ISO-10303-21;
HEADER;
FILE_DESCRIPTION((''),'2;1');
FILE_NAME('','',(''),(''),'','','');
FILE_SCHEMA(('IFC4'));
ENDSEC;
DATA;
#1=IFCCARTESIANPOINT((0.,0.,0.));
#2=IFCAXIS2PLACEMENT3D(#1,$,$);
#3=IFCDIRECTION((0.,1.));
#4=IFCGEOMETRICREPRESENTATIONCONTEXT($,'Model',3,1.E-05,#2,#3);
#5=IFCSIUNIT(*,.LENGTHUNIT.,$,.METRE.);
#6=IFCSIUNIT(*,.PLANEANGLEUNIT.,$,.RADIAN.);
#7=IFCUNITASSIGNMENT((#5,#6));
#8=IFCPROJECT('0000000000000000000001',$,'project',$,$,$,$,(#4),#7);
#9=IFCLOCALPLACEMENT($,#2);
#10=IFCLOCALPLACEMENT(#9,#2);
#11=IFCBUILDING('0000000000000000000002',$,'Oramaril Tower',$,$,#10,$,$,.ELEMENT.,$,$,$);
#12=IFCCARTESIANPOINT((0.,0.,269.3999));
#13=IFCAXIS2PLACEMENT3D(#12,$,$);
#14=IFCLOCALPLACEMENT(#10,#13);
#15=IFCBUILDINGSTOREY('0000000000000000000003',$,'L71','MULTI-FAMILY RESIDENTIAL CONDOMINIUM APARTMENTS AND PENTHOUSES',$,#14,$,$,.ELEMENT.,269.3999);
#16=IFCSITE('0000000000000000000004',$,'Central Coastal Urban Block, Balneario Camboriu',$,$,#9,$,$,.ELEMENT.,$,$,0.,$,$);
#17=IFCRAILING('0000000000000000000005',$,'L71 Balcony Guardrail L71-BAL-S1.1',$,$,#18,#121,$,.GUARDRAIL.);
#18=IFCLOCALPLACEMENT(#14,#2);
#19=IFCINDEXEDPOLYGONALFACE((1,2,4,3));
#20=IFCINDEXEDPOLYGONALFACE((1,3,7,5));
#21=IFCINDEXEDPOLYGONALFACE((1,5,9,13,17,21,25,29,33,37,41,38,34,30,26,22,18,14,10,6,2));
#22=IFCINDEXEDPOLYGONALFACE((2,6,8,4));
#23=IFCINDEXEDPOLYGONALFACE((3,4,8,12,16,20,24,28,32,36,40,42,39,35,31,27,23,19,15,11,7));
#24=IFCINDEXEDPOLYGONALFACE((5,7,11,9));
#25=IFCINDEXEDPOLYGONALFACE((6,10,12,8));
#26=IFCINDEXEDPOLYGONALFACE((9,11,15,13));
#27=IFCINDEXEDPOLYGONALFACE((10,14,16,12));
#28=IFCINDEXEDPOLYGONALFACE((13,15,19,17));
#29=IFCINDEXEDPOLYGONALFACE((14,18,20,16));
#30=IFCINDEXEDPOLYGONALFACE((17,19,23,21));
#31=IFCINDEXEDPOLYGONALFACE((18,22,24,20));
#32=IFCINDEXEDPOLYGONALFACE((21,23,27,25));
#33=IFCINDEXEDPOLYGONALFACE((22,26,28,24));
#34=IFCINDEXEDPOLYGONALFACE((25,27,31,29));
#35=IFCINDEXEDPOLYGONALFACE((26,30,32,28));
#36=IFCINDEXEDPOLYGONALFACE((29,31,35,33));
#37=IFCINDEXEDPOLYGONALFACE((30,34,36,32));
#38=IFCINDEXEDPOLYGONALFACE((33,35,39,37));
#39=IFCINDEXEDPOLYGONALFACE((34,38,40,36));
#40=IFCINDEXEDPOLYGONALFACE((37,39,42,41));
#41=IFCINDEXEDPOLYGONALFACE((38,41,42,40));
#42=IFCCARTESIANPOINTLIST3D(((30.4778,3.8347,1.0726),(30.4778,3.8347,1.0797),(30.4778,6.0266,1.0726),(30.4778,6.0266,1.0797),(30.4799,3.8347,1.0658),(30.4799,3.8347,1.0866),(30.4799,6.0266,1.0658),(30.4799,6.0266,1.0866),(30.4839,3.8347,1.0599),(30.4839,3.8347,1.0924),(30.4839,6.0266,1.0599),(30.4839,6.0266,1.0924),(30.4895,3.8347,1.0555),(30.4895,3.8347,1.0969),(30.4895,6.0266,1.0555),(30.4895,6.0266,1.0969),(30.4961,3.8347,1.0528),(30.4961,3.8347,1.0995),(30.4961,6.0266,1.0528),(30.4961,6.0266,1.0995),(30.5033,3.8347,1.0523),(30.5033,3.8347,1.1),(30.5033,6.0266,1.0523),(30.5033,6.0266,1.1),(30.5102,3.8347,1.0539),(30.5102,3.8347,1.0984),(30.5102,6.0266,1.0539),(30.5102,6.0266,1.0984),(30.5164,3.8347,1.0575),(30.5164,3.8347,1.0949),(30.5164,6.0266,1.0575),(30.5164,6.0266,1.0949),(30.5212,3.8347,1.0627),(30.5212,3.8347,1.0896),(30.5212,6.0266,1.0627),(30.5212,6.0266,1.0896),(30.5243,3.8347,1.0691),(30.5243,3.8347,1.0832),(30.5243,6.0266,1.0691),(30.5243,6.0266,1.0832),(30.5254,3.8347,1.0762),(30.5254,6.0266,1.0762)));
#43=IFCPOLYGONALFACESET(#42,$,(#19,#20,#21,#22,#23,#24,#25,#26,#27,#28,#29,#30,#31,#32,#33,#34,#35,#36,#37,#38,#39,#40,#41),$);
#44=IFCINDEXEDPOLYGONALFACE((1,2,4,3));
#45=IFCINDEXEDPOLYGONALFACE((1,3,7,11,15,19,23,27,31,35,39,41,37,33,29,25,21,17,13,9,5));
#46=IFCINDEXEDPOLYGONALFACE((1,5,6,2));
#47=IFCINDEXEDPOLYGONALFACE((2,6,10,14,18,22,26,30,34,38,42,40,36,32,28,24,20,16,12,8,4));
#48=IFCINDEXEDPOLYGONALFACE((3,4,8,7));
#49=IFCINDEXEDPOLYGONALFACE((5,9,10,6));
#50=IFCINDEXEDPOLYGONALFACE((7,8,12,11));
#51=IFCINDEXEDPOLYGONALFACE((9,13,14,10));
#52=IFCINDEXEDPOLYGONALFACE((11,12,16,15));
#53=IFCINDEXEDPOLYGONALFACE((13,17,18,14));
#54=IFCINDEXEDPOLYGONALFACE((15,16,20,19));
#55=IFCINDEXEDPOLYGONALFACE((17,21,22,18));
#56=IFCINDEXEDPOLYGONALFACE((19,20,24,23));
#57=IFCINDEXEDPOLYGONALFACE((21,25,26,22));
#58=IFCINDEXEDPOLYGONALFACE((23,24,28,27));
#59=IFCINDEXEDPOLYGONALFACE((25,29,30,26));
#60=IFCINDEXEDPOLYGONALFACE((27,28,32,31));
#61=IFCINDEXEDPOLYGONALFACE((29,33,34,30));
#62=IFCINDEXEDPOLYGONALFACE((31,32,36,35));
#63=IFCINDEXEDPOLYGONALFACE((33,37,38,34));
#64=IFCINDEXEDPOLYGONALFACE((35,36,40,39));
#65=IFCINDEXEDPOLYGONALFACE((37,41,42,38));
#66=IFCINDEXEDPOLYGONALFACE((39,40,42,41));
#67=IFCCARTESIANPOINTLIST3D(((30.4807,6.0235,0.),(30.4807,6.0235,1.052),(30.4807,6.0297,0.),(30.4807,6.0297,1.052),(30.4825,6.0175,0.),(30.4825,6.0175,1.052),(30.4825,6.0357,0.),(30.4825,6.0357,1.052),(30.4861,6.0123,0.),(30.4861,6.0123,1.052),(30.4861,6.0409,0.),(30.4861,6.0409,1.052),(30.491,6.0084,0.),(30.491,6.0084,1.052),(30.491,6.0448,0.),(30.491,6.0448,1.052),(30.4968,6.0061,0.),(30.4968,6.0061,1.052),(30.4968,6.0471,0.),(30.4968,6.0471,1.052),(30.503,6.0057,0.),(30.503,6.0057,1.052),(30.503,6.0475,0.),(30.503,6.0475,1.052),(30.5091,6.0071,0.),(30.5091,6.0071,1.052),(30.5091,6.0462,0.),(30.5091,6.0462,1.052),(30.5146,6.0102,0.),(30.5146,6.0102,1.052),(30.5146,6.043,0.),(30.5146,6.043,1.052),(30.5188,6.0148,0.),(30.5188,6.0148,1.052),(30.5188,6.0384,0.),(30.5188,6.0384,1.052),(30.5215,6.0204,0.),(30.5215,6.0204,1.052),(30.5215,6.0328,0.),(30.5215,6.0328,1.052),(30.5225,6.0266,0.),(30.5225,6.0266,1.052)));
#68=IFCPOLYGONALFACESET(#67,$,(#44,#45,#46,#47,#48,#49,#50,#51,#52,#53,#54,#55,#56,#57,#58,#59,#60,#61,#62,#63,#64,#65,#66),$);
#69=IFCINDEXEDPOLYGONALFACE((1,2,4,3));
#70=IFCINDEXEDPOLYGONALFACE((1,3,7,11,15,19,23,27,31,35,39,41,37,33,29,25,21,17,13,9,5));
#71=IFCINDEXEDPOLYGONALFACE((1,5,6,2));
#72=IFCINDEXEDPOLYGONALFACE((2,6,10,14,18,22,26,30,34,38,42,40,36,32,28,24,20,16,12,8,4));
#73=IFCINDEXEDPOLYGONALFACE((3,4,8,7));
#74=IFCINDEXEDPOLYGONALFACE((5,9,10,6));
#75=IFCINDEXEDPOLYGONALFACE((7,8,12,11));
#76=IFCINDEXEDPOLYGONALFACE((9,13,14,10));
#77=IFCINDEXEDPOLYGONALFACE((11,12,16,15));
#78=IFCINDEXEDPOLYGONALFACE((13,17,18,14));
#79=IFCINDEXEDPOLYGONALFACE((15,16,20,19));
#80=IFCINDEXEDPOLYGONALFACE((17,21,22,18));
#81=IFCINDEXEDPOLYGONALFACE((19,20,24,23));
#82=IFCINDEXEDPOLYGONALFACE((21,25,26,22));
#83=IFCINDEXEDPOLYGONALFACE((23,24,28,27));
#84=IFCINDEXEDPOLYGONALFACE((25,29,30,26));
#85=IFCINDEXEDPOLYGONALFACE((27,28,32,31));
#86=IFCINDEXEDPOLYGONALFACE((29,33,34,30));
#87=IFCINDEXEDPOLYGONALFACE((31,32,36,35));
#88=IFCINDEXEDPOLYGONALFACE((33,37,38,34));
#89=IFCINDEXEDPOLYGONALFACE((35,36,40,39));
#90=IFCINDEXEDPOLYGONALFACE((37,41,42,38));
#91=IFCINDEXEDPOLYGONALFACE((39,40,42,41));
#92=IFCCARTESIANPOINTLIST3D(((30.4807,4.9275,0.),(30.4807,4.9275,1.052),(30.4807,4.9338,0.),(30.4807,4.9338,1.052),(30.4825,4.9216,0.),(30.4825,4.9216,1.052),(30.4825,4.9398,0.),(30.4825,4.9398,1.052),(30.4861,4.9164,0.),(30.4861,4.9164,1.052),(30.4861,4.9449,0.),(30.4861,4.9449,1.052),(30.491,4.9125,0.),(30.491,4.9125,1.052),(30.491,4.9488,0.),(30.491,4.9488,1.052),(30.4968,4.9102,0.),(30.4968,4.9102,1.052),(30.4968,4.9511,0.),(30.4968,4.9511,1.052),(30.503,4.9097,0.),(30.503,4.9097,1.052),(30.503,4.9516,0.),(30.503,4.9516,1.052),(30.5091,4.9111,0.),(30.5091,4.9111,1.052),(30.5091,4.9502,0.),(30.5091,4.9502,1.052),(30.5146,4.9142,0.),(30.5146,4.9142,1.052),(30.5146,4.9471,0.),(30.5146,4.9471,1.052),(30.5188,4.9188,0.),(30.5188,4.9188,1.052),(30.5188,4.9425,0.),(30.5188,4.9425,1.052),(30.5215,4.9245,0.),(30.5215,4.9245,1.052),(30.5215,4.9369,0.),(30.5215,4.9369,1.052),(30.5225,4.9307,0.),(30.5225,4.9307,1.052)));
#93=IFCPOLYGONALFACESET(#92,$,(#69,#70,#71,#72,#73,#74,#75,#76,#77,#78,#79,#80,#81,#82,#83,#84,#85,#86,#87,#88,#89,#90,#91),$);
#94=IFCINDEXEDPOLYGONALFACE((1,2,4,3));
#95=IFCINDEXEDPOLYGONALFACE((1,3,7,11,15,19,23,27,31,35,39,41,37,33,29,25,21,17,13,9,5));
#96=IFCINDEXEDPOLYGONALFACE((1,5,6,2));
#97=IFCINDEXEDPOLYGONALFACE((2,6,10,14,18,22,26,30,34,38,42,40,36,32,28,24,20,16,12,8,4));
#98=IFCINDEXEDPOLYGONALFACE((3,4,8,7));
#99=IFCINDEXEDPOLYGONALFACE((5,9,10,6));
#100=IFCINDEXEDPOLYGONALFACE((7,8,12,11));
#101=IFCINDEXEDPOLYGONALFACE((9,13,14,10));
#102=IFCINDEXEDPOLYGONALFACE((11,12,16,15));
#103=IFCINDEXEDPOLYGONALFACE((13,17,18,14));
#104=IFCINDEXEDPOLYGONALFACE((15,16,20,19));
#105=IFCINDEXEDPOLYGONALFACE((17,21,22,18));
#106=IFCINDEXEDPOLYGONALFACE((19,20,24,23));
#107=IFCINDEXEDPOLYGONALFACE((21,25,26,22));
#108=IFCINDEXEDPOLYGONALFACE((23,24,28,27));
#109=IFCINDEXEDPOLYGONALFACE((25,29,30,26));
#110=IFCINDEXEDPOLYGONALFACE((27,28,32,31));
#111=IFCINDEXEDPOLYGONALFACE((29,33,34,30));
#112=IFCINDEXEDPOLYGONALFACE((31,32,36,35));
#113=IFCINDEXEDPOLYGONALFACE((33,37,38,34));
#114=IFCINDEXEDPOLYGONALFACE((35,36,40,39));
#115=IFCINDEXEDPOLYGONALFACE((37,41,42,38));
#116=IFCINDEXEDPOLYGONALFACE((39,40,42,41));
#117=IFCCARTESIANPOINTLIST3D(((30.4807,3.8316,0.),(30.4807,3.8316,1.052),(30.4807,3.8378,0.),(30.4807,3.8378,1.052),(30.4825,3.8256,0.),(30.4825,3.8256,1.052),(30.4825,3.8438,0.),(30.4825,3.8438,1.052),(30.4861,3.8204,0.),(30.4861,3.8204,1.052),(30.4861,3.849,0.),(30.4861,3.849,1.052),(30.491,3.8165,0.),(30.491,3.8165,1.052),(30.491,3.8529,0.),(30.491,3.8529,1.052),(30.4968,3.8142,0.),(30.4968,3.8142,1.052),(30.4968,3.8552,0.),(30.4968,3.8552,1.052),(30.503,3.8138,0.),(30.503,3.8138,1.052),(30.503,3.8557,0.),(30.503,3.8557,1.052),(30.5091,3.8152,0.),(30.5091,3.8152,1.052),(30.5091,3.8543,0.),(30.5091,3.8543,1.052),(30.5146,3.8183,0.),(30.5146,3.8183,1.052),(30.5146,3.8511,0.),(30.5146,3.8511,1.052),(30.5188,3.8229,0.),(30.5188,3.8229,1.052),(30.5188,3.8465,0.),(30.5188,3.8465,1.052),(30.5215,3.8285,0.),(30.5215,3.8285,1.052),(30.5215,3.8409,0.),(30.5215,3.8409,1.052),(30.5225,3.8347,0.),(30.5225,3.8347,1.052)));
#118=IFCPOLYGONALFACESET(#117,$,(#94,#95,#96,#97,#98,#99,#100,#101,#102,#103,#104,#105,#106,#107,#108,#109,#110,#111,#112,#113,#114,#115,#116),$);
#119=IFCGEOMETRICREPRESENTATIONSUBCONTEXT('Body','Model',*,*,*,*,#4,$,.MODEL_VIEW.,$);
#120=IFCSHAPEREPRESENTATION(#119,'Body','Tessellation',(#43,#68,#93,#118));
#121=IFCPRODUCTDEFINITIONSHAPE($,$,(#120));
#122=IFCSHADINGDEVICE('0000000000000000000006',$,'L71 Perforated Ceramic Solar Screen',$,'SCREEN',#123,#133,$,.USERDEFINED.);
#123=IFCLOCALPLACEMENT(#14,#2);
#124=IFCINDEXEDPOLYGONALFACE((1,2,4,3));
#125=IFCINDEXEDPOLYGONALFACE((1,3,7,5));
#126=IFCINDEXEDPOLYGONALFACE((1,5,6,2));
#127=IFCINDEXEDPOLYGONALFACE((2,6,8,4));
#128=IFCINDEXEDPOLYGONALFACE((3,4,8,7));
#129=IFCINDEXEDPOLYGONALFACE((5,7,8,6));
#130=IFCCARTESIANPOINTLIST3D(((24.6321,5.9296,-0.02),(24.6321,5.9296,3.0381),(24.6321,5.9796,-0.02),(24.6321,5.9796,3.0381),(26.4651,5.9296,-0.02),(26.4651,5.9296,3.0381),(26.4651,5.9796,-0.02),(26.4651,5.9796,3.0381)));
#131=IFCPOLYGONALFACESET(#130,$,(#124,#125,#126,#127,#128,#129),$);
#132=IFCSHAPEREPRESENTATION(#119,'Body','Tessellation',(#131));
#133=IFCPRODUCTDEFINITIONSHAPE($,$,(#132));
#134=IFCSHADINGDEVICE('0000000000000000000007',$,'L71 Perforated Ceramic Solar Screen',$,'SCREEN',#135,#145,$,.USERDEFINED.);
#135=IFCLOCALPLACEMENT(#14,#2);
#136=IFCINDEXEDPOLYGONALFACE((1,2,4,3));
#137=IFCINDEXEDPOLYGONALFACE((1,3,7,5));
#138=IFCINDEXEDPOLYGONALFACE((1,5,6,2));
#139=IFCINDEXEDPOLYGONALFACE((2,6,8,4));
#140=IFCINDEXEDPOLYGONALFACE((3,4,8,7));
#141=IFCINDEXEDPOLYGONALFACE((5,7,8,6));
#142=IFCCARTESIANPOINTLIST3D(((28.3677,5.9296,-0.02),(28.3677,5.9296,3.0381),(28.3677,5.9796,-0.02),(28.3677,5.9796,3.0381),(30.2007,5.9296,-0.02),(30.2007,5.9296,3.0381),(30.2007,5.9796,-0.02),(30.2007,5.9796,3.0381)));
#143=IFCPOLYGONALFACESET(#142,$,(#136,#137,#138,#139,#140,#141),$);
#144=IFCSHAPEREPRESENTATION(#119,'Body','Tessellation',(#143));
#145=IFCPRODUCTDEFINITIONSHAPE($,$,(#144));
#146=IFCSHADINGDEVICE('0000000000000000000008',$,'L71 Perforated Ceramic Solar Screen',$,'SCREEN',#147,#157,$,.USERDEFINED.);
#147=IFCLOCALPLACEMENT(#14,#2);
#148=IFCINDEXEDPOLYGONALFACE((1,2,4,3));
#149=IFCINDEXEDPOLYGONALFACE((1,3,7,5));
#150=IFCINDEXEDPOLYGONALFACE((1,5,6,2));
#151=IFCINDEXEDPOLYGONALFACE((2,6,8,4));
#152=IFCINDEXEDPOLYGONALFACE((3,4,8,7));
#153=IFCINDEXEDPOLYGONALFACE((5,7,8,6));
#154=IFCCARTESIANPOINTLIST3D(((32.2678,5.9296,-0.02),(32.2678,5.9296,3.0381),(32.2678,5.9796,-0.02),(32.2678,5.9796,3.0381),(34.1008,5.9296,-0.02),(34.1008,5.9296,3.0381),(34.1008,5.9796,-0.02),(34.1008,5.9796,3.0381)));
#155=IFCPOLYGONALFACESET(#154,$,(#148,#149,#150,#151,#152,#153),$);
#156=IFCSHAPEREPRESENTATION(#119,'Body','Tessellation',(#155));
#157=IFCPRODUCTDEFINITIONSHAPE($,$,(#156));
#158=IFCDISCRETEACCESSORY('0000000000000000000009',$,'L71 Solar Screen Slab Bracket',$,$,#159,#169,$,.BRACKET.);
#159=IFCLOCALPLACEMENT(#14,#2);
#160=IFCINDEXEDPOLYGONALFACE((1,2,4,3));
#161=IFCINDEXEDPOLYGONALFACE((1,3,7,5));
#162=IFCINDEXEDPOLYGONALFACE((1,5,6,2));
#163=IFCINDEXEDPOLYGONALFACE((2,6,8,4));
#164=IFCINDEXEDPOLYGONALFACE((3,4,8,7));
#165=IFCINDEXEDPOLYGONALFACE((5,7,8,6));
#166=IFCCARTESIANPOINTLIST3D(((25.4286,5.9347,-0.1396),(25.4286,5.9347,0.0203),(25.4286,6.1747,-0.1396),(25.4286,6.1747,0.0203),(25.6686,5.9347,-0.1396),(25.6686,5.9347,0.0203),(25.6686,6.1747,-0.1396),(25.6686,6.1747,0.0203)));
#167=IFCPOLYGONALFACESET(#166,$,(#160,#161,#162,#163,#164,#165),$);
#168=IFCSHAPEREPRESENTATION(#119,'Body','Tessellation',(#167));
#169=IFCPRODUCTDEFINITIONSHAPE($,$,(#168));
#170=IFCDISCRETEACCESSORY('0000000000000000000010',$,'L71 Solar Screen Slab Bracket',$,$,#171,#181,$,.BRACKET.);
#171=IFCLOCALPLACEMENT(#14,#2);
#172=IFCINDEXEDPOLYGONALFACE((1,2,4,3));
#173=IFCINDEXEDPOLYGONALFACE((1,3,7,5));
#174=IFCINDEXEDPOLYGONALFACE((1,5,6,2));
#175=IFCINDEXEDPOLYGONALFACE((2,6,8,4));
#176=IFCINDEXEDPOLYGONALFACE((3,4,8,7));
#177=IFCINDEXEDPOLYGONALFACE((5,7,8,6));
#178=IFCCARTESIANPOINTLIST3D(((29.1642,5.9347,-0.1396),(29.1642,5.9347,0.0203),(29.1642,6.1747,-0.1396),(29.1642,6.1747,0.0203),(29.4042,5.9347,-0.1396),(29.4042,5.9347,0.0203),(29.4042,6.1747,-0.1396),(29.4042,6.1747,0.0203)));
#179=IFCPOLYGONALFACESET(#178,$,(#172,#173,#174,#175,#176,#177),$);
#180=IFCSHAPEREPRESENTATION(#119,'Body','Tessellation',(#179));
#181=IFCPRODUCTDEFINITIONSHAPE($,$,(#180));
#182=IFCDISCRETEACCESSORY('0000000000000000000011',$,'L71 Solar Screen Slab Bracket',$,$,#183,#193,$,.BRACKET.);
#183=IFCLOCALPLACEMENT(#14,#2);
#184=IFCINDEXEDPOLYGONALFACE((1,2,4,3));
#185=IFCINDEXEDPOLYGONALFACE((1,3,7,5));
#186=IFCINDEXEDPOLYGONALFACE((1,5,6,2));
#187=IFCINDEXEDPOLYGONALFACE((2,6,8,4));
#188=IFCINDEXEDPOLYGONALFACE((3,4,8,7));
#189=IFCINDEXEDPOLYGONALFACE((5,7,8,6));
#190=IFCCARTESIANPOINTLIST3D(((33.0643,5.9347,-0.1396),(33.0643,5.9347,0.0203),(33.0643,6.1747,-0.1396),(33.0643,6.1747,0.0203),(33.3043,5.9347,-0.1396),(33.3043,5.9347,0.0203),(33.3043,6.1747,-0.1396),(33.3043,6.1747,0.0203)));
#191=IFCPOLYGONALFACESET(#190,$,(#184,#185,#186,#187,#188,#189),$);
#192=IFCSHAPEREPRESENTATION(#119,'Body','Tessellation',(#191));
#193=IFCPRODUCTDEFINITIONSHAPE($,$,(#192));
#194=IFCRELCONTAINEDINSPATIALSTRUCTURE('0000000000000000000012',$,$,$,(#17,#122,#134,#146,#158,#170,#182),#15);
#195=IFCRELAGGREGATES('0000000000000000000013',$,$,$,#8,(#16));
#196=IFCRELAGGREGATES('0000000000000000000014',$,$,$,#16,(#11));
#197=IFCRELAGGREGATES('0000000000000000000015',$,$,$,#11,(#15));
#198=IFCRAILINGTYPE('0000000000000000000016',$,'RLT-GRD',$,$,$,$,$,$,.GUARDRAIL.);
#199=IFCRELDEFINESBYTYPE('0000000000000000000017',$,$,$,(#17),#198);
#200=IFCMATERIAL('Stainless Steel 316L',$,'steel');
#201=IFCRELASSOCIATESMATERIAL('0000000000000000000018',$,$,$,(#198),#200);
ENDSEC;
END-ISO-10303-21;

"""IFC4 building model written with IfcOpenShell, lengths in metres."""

from ifc_helpers import new_model, si_unit, direction, frame, origin, origin_2d, place, context, subcontext, project, spatial, rectangle, circle, extrude, material, type_object, element, save


model = new_model("IFC4")

# Units and contexts
model_context = context("Model", 3, precision=1e-05, world=origin(), true_north=direction((0.0, 1.0)))
body_context = subcontext(model_context, "Body", "Model", "MODEL_VIEW")
ifc_project = project(units=[si_unit("LENGTHUNIT", "METRE"), si_unit("PLANEANGLEUNIT", "RADIAN")], contexts=[model_context])

# Site, building, storey
site_placement = place(None, origin())
site = spatial("IfcSite", under=ifc_project, at=site_placement, Name="Central Coastal Urban Block, Balneario Camboriu", CompositionType="ELEMENT", RefElevation=0.0)
building_placement = place(site_placement, origin())
building = spatial("IfcBuilding", under=site, at=building_placement, Name="Oramaril Tower", CompositionType="ELEMENT")
storey_placement = place(building_placement, frame((0.0, 0.0, 269.3999)))
storey = spatial("IfcBuildingStorey", under=building, at=storey_placement, Name="L71", Description="MULTI-FAMILY RESIDENTIAL CONDOMINIUM APARTMENTS AND PENTHOUSES", CompositionType="ELEMENT", Elevation=269.3999)

# Railing
ifc_material_1 = material(Name="Stainless Steel 316L", Category="steel")
railing_type = type_object("IfcRailingType", Name="RLT-GRD", PredefinedType="GUARDRAIL", material=ifc_material_1)
railing_1_placement = place(storey_placement, frame((30.5015, 6.0266, 0.0)))
element("IfcRailing", 1, at=railing_1_placement, inside=storey, type_object=railing_type, Name="L71 Balcony Guardrail L71-BAL-S1.1", PredefinedType="GUARDRAIL", context=body_context, shape_type="SweptSolid", body=[
    extrude(circle(Radius=0.0239, at=origin_2d()), frame((0.0, 0.0, 1.0762), z_axis=(0.0, -1.0, 0.0), x_axis=(1.0, 0.0, 0.0)), (0.0, 0.0, 1.0), 2.1919),
    extrude(circle(Radius=0.021, at=origin_2d()), origin(), (0.0, 0.0, 1.0), 1.052),
    extrude(circle(Radius=0.021, at=origin_2d()), frame((0.0, -1.0959, 0.0)), (0.0, 0.0, 1.0), 1.052),
    extrude(circle(Radius=0.021, at=origin_2d()), frame((0.0, -2.1919, 0.0)), (0.0, 0.0, 1.0), 1.052),
])

# Shading devices
for number, where, z_axis, x_axis, name in (
    (2, (25.5486, 5.9546, -0.02), (0.0, 0.0, 1.0), (1.0, 0.0, 0.0), "L71 Perforated Ceramic Solar Screen"),
    (3, (29.2842, 5.9546, -0.02), (0.0, 0.0, 1.0), (1.0, 0.0, 0.0), "L71 Perforated Ceramic Solar Screen"),
    (4, (33.1843, 5.9546, -0.02), (0.0, 0.0, 1.0), (1.0, 0.0, 0.0), "L71 Perforated Ceramic Solar Screen"),
):
    element("IfcShadingDevice", number, at=place(storey_placement, frame(where, z_axis=z_axis, x_axis=x_axis)), inside=storey, Name=name, ObjectType="SCREEN", PredefinedType="USERDEFINED", context=body_context, shape_type="SweptSolid", body=[
        extrude(rectangle(XDim=1.833, YDim=0.05, at=origin_2d()), origin(), (0.0, 0.0, 1.0), 3.0581),
    ])

# Discrete accessories
for number, where, z_axis, x_axis, name in (
    (5, (25.5486, 6.0547, -0.1396), (0.0, 0.0, 1.0), (1.0, 0.0, 0.0), "L71 Solar Screen Slab Bracket"),
    (6, (29.2842, 6.0547, -0.1396), (0.0, 0.0, 1.0), (1.0, 0.0, 0.0), "L71 Solar Screen Slab Bracket"),
    (7, (33.1843, 6.0547, -0.1396), (0.0, 0.0, 1.0), (1.0, 0.0, 0.0), "L71 Solar Screen Slab Bracket"),
):
    element("IfcDiscreteAccessory", number, at=place(storey_placement, frame(where, z_axis=z_axis, x_axis=x_axis)), inside=storey, Name=name, PredefinedType="BRACKET", context=body_context, shape_type="SweptSolid", body=[
        extrude(rectangle(XDim=0.24, YDim=0.24, at=origin_2d()), origin(), (0.0, 0.0, 1.0), 0.1599),
    ])

save(model, "model.ifc")
